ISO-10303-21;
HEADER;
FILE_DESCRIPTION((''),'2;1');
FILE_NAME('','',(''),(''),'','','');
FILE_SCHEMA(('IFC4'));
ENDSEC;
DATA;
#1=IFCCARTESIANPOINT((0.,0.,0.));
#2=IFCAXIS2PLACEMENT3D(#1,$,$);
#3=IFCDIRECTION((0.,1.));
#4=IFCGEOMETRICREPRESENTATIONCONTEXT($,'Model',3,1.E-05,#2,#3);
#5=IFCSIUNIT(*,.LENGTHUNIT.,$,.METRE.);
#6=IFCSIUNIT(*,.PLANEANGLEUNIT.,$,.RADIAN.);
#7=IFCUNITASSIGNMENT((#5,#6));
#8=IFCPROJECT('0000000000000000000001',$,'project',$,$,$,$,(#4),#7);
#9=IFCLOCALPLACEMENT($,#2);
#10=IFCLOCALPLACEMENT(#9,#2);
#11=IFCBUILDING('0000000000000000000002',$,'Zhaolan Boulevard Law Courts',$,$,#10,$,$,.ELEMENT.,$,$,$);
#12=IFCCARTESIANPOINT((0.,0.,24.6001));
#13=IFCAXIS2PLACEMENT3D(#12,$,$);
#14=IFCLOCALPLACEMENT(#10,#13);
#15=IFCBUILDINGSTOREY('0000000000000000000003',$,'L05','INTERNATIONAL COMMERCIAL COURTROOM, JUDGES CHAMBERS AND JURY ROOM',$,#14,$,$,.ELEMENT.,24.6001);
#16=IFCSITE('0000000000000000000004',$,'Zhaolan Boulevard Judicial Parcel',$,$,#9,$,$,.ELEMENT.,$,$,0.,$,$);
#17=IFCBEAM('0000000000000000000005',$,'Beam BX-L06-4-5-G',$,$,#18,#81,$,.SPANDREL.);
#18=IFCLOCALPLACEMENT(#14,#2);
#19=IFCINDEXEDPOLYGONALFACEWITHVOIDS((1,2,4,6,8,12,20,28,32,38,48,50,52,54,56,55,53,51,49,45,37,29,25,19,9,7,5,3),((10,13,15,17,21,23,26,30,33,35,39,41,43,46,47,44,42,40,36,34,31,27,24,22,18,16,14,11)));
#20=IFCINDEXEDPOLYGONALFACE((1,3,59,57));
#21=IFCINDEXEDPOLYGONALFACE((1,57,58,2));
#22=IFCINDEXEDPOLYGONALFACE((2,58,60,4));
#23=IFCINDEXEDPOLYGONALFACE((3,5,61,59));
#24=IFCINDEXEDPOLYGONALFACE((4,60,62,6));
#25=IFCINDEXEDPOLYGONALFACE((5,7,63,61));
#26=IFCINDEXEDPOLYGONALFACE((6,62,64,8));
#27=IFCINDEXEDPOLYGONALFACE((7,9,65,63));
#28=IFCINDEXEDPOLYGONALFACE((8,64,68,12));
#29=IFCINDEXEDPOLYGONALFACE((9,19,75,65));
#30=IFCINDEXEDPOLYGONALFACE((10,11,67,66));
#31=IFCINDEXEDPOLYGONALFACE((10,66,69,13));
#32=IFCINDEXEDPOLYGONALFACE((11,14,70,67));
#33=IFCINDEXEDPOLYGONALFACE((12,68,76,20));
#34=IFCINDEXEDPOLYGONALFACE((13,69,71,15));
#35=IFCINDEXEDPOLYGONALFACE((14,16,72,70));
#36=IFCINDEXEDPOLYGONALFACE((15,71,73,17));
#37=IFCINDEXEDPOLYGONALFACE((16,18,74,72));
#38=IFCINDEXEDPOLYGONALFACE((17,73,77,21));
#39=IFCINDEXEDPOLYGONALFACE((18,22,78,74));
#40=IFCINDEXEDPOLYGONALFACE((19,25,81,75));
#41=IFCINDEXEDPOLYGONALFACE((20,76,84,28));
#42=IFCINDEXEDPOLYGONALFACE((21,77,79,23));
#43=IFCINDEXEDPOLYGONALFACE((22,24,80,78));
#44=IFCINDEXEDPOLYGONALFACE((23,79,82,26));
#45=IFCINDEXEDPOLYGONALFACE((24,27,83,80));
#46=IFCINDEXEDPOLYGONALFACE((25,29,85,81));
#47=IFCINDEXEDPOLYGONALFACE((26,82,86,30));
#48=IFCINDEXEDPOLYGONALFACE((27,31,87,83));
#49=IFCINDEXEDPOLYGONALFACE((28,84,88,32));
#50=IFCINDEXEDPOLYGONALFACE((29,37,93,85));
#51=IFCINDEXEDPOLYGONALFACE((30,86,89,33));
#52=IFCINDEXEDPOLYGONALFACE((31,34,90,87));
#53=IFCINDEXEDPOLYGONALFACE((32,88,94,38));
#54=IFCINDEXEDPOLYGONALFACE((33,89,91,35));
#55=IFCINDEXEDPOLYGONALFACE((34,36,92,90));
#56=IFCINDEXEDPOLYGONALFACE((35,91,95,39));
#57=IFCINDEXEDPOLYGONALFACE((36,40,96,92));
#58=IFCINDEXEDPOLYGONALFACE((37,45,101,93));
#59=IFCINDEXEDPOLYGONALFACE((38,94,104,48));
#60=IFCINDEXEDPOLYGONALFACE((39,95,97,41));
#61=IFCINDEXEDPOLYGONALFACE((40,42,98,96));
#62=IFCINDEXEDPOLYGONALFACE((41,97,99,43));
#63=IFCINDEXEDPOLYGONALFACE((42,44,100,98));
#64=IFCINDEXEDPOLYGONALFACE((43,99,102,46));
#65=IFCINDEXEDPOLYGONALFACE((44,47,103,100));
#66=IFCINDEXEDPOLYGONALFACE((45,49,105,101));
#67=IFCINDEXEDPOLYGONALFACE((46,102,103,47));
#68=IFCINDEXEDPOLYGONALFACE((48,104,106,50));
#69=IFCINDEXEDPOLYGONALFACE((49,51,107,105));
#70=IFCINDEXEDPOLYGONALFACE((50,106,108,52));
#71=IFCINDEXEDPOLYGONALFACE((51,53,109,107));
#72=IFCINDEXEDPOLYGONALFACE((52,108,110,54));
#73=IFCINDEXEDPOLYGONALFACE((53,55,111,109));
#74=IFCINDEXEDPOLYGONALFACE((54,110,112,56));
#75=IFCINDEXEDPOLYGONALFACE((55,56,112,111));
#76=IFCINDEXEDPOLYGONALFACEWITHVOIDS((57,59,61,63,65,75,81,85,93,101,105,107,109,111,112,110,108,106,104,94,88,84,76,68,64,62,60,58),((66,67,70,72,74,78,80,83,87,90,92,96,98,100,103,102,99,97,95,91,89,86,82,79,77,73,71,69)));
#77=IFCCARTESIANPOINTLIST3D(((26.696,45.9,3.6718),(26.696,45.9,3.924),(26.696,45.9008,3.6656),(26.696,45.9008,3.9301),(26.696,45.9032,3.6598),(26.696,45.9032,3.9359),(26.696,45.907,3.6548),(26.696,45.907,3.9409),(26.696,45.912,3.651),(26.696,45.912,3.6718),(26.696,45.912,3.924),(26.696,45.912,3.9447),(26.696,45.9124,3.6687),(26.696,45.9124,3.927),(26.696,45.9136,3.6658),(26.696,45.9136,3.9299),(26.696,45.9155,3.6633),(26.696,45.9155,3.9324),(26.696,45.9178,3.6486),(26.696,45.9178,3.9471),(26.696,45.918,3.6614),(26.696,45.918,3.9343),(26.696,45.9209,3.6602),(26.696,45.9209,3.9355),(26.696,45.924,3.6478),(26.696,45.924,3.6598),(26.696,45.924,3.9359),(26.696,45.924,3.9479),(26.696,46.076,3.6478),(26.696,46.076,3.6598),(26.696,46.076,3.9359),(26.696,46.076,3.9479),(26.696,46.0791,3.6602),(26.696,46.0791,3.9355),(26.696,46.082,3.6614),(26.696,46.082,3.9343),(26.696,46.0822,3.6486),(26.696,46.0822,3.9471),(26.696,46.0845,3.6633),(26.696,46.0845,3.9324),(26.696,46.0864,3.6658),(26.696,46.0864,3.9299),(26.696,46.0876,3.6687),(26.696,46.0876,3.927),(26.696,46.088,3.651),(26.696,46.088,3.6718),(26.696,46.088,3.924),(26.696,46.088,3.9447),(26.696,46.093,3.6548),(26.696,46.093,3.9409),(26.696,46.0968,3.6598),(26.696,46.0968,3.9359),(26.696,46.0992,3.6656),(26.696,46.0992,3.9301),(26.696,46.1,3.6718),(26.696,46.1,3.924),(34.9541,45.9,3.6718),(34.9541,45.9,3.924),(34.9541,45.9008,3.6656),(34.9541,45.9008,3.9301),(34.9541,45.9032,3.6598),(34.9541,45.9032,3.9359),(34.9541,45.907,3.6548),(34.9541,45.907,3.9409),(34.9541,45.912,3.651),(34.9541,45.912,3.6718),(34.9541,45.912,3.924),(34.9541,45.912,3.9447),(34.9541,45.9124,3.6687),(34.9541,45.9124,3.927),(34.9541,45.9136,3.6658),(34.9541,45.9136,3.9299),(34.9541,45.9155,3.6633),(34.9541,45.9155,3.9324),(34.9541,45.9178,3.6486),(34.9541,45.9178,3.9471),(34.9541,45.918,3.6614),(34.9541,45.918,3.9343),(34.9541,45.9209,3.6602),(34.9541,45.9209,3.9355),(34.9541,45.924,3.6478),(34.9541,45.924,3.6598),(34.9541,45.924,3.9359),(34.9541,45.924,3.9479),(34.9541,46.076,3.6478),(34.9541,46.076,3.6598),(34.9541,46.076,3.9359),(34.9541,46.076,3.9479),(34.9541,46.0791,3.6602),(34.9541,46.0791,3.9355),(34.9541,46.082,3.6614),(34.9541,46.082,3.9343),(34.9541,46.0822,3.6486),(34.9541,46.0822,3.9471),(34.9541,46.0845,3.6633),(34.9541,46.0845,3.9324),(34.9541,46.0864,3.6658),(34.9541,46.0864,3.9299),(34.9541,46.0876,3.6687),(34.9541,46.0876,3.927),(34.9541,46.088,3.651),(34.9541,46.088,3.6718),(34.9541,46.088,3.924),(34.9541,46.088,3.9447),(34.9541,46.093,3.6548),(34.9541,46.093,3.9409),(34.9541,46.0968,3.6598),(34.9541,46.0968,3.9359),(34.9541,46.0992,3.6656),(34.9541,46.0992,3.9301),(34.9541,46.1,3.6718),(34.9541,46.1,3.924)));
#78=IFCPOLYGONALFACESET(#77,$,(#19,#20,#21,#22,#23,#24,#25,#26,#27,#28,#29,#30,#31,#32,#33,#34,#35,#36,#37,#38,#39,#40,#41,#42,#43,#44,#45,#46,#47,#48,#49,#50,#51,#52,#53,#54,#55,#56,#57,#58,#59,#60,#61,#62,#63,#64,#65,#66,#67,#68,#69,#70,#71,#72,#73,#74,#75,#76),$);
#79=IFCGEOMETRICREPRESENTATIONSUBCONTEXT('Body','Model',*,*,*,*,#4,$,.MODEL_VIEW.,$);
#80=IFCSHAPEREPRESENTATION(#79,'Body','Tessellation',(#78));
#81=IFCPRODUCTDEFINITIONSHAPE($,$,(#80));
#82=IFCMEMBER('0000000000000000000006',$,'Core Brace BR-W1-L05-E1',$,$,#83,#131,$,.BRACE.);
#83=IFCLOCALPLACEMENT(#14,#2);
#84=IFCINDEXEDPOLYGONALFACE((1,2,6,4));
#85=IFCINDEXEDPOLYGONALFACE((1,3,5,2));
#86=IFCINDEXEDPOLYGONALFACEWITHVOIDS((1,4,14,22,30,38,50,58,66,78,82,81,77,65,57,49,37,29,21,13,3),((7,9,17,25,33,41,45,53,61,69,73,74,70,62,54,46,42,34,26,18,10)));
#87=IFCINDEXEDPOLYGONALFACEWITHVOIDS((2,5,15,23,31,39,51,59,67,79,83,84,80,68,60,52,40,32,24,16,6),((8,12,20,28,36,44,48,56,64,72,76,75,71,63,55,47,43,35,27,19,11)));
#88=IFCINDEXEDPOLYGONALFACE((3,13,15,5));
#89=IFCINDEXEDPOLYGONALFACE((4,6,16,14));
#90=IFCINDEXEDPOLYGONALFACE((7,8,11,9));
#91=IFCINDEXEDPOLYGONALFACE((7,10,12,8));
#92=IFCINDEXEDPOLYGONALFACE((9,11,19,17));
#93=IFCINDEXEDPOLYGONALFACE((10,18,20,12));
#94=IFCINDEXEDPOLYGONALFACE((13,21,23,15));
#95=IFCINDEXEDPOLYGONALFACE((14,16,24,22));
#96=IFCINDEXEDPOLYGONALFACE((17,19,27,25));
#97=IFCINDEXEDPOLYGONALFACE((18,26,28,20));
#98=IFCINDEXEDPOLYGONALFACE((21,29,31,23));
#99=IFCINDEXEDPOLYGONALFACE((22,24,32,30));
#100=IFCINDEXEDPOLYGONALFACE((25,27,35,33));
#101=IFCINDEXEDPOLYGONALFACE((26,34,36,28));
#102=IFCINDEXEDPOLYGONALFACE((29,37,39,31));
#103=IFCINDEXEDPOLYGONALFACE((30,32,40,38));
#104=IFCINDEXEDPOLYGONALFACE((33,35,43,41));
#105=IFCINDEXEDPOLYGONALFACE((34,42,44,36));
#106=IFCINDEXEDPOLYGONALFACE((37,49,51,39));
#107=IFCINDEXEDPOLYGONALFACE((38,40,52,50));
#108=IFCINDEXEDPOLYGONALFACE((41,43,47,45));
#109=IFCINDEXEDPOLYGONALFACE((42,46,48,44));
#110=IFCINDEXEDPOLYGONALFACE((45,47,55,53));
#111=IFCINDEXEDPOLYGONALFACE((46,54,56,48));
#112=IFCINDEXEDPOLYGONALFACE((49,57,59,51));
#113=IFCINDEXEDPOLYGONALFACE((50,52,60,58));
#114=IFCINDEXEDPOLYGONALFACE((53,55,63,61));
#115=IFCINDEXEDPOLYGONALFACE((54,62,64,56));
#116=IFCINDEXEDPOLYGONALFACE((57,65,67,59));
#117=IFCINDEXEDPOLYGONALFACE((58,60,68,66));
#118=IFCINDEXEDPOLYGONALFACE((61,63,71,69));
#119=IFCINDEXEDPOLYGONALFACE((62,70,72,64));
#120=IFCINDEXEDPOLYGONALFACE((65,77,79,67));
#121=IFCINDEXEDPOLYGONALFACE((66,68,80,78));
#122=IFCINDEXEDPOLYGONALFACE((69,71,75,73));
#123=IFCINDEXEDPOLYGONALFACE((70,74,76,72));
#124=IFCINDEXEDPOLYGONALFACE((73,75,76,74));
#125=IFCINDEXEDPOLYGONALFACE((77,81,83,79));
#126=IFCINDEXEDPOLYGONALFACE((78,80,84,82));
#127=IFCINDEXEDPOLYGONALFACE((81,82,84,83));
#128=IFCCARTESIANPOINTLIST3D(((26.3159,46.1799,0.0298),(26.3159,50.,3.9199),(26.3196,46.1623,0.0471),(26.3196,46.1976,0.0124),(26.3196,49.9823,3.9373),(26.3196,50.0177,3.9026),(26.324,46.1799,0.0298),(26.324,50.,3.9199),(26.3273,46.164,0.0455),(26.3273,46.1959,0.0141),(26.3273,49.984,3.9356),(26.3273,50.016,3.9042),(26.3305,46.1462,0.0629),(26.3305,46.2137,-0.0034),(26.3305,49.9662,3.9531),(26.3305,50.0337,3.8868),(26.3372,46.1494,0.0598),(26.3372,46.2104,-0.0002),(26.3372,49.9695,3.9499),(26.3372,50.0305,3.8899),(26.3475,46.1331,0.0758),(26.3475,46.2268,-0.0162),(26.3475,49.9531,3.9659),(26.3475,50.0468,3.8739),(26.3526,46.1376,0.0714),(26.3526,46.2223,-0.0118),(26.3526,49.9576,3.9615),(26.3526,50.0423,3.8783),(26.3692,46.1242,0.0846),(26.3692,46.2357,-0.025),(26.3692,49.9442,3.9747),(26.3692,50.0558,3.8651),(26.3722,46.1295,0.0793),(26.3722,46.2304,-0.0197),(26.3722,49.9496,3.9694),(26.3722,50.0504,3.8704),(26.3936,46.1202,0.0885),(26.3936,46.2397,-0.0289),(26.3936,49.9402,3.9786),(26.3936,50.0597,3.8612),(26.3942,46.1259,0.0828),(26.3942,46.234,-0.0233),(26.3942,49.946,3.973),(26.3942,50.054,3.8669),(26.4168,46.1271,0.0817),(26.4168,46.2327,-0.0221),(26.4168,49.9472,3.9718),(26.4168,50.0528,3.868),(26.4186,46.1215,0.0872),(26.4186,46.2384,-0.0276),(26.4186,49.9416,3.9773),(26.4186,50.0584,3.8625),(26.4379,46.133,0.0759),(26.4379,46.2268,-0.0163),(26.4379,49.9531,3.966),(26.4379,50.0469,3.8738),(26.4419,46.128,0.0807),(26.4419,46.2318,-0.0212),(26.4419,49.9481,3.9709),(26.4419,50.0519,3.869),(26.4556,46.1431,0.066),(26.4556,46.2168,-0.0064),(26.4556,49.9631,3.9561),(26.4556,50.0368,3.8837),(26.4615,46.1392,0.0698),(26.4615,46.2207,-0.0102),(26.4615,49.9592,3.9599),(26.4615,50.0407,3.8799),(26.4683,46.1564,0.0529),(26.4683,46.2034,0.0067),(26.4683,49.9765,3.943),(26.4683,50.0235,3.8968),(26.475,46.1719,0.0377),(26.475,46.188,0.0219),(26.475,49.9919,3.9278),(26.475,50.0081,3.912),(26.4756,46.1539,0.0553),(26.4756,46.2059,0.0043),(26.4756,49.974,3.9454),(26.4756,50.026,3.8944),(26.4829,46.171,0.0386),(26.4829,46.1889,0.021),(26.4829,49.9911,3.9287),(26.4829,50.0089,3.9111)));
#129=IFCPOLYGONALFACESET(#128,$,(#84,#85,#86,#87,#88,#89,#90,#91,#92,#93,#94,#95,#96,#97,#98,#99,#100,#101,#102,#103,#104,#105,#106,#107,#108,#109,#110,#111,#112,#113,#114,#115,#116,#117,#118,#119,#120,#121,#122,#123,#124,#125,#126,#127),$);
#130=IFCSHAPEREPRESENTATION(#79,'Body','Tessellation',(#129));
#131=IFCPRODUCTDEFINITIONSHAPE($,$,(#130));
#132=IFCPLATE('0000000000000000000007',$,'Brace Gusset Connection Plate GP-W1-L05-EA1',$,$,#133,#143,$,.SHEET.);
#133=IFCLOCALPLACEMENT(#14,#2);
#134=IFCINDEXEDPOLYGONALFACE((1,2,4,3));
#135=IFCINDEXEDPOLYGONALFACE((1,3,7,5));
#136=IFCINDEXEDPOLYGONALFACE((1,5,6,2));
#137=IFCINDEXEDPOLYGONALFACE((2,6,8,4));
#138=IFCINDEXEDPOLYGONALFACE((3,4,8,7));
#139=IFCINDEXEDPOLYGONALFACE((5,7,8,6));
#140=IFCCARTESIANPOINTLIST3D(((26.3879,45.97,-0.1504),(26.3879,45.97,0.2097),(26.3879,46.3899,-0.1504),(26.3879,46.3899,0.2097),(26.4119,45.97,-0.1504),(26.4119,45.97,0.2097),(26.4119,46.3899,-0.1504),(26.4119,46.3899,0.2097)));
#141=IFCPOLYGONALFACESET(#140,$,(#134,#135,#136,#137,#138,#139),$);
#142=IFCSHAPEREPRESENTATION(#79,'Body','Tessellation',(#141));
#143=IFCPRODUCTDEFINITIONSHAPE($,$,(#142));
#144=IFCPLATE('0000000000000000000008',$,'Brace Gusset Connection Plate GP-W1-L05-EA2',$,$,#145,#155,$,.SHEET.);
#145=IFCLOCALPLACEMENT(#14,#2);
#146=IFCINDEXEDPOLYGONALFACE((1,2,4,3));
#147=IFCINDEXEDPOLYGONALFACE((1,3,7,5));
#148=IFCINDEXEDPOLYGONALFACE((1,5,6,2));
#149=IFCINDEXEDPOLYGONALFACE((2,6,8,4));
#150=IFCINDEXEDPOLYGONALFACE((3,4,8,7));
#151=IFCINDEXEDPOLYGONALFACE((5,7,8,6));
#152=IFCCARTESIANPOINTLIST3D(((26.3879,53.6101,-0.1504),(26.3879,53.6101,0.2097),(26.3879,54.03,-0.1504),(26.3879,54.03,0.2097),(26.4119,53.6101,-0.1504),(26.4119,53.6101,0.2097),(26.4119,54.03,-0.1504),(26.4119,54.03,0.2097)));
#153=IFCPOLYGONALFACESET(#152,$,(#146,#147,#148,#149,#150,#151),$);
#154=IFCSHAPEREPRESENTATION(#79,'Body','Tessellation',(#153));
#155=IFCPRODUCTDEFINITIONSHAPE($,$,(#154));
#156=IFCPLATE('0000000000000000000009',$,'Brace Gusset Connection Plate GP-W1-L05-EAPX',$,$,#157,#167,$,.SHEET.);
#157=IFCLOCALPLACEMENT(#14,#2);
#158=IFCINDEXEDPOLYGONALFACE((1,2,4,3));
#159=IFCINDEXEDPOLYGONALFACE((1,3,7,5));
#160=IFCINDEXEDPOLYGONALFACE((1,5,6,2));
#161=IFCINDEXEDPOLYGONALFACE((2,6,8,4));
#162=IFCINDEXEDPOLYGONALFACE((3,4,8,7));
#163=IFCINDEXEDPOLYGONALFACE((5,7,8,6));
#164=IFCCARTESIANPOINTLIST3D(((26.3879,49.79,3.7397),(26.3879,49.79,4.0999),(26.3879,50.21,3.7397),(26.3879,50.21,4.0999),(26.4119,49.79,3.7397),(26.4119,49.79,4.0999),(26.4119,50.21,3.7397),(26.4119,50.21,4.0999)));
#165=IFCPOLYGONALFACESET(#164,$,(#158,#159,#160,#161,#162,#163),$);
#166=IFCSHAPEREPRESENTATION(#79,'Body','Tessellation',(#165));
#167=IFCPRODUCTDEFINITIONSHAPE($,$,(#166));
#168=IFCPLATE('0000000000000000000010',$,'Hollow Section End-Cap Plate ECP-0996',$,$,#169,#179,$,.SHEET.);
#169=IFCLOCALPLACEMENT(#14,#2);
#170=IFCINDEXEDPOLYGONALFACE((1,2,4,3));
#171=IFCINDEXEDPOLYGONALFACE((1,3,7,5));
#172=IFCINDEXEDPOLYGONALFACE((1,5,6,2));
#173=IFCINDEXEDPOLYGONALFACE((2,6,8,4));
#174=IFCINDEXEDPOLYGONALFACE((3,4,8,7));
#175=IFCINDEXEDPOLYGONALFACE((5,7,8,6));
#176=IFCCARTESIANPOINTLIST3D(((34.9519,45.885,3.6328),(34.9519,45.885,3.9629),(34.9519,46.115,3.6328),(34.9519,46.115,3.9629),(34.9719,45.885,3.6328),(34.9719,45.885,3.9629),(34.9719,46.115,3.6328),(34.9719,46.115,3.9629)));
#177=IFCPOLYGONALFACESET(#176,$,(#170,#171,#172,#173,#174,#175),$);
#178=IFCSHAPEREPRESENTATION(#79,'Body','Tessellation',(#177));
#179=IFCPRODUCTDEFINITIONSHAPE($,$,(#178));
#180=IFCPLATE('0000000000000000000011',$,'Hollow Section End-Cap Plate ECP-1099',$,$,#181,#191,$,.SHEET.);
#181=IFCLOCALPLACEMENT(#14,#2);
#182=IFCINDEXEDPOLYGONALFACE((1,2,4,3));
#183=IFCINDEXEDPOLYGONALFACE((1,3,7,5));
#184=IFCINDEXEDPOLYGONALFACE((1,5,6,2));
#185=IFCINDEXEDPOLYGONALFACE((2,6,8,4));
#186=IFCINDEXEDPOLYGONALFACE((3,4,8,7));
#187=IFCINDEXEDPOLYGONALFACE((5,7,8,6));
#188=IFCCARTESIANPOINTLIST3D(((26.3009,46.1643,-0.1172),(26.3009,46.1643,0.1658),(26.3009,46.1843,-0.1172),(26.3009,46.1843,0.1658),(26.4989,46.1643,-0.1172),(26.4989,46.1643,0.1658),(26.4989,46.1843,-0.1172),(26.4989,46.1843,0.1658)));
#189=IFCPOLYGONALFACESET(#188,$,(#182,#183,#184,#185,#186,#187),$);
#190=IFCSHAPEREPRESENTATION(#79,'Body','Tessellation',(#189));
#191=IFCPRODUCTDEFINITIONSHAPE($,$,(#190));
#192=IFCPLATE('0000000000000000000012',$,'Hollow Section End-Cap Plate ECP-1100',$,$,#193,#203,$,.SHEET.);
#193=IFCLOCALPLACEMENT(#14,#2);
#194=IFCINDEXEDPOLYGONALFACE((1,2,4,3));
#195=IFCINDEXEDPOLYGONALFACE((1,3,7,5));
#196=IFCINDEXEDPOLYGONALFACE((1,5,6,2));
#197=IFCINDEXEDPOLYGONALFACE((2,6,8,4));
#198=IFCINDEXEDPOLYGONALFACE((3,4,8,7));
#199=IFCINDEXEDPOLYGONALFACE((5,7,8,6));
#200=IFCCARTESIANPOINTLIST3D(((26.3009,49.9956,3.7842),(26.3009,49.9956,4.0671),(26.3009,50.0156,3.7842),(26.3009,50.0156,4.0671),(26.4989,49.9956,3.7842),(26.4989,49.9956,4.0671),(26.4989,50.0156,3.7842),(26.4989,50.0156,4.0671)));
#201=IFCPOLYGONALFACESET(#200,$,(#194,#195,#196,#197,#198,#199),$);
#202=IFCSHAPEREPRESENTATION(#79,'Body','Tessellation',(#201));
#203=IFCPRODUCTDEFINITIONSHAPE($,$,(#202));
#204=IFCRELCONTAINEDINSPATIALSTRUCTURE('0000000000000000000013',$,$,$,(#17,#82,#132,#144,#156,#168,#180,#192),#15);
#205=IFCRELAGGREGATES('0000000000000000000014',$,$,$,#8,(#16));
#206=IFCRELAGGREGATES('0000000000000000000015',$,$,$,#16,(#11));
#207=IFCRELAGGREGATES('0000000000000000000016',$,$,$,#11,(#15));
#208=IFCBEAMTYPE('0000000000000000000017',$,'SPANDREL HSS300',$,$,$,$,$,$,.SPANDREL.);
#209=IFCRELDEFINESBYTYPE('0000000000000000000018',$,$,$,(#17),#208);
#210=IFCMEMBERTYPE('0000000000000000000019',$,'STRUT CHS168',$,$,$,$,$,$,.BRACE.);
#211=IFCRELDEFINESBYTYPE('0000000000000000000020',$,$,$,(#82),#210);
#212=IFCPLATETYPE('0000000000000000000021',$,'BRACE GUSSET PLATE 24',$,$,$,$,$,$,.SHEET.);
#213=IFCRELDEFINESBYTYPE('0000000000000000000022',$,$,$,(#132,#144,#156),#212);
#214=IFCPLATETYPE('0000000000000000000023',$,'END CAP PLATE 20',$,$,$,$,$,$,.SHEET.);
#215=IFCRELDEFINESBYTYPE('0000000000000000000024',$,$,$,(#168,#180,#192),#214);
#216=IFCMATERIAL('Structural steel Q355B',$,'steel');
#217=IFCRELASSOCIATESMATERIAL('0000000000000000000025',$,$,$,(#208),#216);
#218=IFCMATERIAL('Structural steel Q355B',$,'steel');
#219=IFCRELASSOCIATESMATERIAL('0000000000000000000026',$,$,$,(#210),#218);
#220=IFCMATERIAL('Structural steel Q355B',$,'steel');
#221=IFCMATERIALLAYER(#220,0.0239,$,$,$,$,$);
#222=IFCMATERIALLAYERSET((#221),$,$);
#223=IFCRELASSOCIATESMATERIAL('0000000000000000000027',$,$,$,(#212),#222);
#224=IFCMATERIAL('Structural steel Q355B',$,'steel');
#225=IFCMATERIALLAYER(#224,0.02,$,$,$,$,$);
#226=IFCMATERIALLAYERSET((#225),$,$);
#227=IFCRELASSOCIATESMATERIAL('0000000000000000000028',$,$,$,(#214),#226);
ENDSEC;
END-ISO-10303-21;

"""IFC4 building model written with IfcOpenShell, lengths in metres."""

from ifc_helpers import new_model, si_unit, direction, frame, origin, origin_2d, place, context, subcontext, project, spatial, rectangle, hollow_rectangle, hollow_circle, extrude, material, layer, layer_set, material_profile, profile_set, type_object, element, save


model = new_model("IFC4")

# Units and contexts
model_context = context("Model", 3, precision=1e-05, world=origin(), true_north=direction((0.0, 1.0)))
body_context = subcontext(model_context, "Body", "Model", "MODEL_VIEW")
ifc_project = project(units=[si_unit("LENGTHUNIT", "METRE"), si_unit("PLANEANGLEUNIT", "RADIAN")], contexts=[model_context])

# Site, building, storey
site_placement = place(None, origin())
site = spatial("IfcSite", under=ifc_project, at=site_placement, Name="Zhaolan Boulevard Judicial Parcel", CompositionType="ELEMENT", RefElevation=0.0)
building_placement = place(site_placement, origin())
building = spatial("IfcBuilding", under=site, at=building_placement, Name="Zhaolan Boulevard Law Courts", CompositionType="ELEMENT")
storey_placement = place(building_placement, frame((0.0, 0.0, 24.6001)))
storey = spatial("IfcBuildingStorey", under=building, at=storey_placement, Name="L05", Description="INTERNATIONAL COMMERCIAL COURTROOM, JUDGES CHAMBERS AND JURY ROOM", CompositionType="ELEMENT", Elevation=24.6001)

# Beam
ifc_material_1 = material(Name="Structural steel Q355B", Category="steel")
ifc_material_profile_1 = material_profile(ifc_material_1, hollow_rectangle(XDim=0.2, YDim=0.3, WallThickness=0.012, InnerFilletRadius=0.012, OuterFilletRadius=0.0239, at=origin_2d()), Name="HSS300x200x12")
ifc_profile_set_1 = profile_set([ifc_material_profile_1], Name="Structural steel Q355B")
beam_type_1 = type_object("IfcBeamType", Name="SPANDREL HSS300", PredefinedType="SPANDREL", material=ifc_profile_set_1)
beam_1_placement = place(storey_placement, frame((26.696, 46.0, 3.7979), z_axis=(1.0, 0.0, 0.0), x_axis=(0.0, 1.0, 0.0)))
element("IfcBeam", 1, at=beam_1_placement, inside=storey, type_object=beam_type_1, Name="Beam BX-L06-4-5-G", PredefinedType="SPANDREL", context=body_context, shape_type="SweptSolid", body=[
    extrude(hollow_rectangle(XDim=0.2, YDim=0.3, WallThickness=0.012, InnerFilletRadius=0.012, OuterFilletRadius=0.0239, at=origin_2d()), origin(), (0.0, 0.0, 1.0), 8.2581),
])

# Member
ifc_material_2 = material(Name="Structural steel Q355B", Category="steel")
ifc_material_profile_2 = material_profile(ifc_material_2, hollow_circle(Radius=0.084, WallThickness=0.0081, at=origin_2d()), Name="CHS168x8")
ifc_profile_set_2 = profile_set([ifc_material_profile_2], Name="Structural steel Q355B")
member_type_1 = type_object("IfcMemberType", Name="STRUT CHS168", PredefinedType="BRACE", material=ifc_profile_set_2)
member_1_placement = place(storey_placement, frame((26.3999, 46.1799, 0.0298), z_axis=(0.0, 0.700652, 0.713503), x_axis=(-1.0, 0.0, 0.0)))
element("IfcMember", 2, at=member_1_placement, inside=storey, type_object=member_type_1, Name="Core Brace BR-W1-L05-E1", PredefinedType="BRACE", context=body_context, shape_type="SweptSolid", body=[
    extrude(hollow_circle(Radius=0.084, WallThickness=0.0081, at=origin_2d()), origin(), (0.0, 0.0, 1.0), 5.4521),
])

# Plates
ifc_material_3 = material(Name="Structural steel Q355B", Category="steel")
ifc_layer_1 = layer(ifc_material_3, 0.0239)
ifc_layer_set_1 = layer_set([ifc_layer_1])
plate_type_1 = type_object("IfcPlateType", Name="BRACE GUSSET PLATE 24", PredefinedType="SHEET", material=ifc_layer_set_1)
for number, where, z_axis, x_axis, name in (
    (3, (26.3999, 46.1799, -0.1504), (0.0, 0.0, 1.0), (0.0, 1.0, 0.0), "Brace Gusset Connection Plate GP-W1-L05-EA1"),
    (4, (26.3999, 53.8201, -0.1504), (0.0, 0.0, 1.0), (0.0, 1.0, 0.0), "Brace Gusset Connection Plate GP-W1-L05-EA2"),
    (5, (26.3999, 50.0, 3.7397), (0.0, 0.0, 1.0), (0.0, 1.0, 0.0), "Brace Gusset Connection Plate GP-W1-L05-EAPX"),
):
    element("IfcPlate", number, at=place(storey_placement, frame(where, z_axis=z_axis, x_axis=x_axis)), inside=storey, type_object=plate_type_1, Name=name, PredefinedType="SHEET", context=body_context, shape_type="SweptSolid", body=[
        extrude(rectangle(XDim=0.4199, YDim=0.0239, at=origin_2d()), origin(), (0.0, 0.0, 1.0), 0.3601),
    ])
ifc_material_4 = material(Name="Structural steel Q355B", Category="steel")
ifc_layer_2 = layer(ifc_material_4, 0.02)
ifc_layer_set_2 = layer_set([ifc_layer_2])
plate_type_2 = type_object("IfcPlateType", Name="END CAP PLATE 20", PredefinedType="SHEET", material=ifc_layer_set_2)
plate_placement = place(storey_placement, frame((34.9619, 46.0, 3.6328), z_axis=(0.0, 0.0, 1.0), x_axis=(1.0, 0.0, 0.0)))
element("IfcPlate", 6, at=plate_placement, inside=storey, type_object=plate_type_2, Name="Hollow Section End-Cap Plate ECP-0996", PredefinedType="SHEET", context=body_context, shape_type="SweptSolid", body=[
    extrude(rectangle(XDim=0.02, YDim=0.23, at=origin_2d()), origin(), (0.0, 0.0, 1.0), 0.3301),
])
for number, where, z_axis, x_axis, name in (
    (7, (26.3999, 46.1743, -0.1172), (0.0, 0.0, 1.0), (0.0, 1.0, 0.0), "Hollow Section End-Cap Plate ECP-1099"),
    (8, (26.3999, 50.0056, 3.7842), (0.0, 0.0, 1.0), (0.0, 1.0, 0.0), "Hollow Section End-Cap Plate ECP-1100"),
):
    element("IfcPlate", number, at=place(storey_placement, frame(where, z_axis=z_axis, x_axis=x_axis)), inside=storey, type_object=plate_type_2, Name=name, PredefinedType="SHEET", context=body_context, shape_type="SweptSolid", body=[
        extrude(rectangle(XDim=0.02, YDim=0.198, at=origin_2d()), origin(), (0.0, 0.0, 1.0), 0.283),
    ])

save(model, "model.ifc")
